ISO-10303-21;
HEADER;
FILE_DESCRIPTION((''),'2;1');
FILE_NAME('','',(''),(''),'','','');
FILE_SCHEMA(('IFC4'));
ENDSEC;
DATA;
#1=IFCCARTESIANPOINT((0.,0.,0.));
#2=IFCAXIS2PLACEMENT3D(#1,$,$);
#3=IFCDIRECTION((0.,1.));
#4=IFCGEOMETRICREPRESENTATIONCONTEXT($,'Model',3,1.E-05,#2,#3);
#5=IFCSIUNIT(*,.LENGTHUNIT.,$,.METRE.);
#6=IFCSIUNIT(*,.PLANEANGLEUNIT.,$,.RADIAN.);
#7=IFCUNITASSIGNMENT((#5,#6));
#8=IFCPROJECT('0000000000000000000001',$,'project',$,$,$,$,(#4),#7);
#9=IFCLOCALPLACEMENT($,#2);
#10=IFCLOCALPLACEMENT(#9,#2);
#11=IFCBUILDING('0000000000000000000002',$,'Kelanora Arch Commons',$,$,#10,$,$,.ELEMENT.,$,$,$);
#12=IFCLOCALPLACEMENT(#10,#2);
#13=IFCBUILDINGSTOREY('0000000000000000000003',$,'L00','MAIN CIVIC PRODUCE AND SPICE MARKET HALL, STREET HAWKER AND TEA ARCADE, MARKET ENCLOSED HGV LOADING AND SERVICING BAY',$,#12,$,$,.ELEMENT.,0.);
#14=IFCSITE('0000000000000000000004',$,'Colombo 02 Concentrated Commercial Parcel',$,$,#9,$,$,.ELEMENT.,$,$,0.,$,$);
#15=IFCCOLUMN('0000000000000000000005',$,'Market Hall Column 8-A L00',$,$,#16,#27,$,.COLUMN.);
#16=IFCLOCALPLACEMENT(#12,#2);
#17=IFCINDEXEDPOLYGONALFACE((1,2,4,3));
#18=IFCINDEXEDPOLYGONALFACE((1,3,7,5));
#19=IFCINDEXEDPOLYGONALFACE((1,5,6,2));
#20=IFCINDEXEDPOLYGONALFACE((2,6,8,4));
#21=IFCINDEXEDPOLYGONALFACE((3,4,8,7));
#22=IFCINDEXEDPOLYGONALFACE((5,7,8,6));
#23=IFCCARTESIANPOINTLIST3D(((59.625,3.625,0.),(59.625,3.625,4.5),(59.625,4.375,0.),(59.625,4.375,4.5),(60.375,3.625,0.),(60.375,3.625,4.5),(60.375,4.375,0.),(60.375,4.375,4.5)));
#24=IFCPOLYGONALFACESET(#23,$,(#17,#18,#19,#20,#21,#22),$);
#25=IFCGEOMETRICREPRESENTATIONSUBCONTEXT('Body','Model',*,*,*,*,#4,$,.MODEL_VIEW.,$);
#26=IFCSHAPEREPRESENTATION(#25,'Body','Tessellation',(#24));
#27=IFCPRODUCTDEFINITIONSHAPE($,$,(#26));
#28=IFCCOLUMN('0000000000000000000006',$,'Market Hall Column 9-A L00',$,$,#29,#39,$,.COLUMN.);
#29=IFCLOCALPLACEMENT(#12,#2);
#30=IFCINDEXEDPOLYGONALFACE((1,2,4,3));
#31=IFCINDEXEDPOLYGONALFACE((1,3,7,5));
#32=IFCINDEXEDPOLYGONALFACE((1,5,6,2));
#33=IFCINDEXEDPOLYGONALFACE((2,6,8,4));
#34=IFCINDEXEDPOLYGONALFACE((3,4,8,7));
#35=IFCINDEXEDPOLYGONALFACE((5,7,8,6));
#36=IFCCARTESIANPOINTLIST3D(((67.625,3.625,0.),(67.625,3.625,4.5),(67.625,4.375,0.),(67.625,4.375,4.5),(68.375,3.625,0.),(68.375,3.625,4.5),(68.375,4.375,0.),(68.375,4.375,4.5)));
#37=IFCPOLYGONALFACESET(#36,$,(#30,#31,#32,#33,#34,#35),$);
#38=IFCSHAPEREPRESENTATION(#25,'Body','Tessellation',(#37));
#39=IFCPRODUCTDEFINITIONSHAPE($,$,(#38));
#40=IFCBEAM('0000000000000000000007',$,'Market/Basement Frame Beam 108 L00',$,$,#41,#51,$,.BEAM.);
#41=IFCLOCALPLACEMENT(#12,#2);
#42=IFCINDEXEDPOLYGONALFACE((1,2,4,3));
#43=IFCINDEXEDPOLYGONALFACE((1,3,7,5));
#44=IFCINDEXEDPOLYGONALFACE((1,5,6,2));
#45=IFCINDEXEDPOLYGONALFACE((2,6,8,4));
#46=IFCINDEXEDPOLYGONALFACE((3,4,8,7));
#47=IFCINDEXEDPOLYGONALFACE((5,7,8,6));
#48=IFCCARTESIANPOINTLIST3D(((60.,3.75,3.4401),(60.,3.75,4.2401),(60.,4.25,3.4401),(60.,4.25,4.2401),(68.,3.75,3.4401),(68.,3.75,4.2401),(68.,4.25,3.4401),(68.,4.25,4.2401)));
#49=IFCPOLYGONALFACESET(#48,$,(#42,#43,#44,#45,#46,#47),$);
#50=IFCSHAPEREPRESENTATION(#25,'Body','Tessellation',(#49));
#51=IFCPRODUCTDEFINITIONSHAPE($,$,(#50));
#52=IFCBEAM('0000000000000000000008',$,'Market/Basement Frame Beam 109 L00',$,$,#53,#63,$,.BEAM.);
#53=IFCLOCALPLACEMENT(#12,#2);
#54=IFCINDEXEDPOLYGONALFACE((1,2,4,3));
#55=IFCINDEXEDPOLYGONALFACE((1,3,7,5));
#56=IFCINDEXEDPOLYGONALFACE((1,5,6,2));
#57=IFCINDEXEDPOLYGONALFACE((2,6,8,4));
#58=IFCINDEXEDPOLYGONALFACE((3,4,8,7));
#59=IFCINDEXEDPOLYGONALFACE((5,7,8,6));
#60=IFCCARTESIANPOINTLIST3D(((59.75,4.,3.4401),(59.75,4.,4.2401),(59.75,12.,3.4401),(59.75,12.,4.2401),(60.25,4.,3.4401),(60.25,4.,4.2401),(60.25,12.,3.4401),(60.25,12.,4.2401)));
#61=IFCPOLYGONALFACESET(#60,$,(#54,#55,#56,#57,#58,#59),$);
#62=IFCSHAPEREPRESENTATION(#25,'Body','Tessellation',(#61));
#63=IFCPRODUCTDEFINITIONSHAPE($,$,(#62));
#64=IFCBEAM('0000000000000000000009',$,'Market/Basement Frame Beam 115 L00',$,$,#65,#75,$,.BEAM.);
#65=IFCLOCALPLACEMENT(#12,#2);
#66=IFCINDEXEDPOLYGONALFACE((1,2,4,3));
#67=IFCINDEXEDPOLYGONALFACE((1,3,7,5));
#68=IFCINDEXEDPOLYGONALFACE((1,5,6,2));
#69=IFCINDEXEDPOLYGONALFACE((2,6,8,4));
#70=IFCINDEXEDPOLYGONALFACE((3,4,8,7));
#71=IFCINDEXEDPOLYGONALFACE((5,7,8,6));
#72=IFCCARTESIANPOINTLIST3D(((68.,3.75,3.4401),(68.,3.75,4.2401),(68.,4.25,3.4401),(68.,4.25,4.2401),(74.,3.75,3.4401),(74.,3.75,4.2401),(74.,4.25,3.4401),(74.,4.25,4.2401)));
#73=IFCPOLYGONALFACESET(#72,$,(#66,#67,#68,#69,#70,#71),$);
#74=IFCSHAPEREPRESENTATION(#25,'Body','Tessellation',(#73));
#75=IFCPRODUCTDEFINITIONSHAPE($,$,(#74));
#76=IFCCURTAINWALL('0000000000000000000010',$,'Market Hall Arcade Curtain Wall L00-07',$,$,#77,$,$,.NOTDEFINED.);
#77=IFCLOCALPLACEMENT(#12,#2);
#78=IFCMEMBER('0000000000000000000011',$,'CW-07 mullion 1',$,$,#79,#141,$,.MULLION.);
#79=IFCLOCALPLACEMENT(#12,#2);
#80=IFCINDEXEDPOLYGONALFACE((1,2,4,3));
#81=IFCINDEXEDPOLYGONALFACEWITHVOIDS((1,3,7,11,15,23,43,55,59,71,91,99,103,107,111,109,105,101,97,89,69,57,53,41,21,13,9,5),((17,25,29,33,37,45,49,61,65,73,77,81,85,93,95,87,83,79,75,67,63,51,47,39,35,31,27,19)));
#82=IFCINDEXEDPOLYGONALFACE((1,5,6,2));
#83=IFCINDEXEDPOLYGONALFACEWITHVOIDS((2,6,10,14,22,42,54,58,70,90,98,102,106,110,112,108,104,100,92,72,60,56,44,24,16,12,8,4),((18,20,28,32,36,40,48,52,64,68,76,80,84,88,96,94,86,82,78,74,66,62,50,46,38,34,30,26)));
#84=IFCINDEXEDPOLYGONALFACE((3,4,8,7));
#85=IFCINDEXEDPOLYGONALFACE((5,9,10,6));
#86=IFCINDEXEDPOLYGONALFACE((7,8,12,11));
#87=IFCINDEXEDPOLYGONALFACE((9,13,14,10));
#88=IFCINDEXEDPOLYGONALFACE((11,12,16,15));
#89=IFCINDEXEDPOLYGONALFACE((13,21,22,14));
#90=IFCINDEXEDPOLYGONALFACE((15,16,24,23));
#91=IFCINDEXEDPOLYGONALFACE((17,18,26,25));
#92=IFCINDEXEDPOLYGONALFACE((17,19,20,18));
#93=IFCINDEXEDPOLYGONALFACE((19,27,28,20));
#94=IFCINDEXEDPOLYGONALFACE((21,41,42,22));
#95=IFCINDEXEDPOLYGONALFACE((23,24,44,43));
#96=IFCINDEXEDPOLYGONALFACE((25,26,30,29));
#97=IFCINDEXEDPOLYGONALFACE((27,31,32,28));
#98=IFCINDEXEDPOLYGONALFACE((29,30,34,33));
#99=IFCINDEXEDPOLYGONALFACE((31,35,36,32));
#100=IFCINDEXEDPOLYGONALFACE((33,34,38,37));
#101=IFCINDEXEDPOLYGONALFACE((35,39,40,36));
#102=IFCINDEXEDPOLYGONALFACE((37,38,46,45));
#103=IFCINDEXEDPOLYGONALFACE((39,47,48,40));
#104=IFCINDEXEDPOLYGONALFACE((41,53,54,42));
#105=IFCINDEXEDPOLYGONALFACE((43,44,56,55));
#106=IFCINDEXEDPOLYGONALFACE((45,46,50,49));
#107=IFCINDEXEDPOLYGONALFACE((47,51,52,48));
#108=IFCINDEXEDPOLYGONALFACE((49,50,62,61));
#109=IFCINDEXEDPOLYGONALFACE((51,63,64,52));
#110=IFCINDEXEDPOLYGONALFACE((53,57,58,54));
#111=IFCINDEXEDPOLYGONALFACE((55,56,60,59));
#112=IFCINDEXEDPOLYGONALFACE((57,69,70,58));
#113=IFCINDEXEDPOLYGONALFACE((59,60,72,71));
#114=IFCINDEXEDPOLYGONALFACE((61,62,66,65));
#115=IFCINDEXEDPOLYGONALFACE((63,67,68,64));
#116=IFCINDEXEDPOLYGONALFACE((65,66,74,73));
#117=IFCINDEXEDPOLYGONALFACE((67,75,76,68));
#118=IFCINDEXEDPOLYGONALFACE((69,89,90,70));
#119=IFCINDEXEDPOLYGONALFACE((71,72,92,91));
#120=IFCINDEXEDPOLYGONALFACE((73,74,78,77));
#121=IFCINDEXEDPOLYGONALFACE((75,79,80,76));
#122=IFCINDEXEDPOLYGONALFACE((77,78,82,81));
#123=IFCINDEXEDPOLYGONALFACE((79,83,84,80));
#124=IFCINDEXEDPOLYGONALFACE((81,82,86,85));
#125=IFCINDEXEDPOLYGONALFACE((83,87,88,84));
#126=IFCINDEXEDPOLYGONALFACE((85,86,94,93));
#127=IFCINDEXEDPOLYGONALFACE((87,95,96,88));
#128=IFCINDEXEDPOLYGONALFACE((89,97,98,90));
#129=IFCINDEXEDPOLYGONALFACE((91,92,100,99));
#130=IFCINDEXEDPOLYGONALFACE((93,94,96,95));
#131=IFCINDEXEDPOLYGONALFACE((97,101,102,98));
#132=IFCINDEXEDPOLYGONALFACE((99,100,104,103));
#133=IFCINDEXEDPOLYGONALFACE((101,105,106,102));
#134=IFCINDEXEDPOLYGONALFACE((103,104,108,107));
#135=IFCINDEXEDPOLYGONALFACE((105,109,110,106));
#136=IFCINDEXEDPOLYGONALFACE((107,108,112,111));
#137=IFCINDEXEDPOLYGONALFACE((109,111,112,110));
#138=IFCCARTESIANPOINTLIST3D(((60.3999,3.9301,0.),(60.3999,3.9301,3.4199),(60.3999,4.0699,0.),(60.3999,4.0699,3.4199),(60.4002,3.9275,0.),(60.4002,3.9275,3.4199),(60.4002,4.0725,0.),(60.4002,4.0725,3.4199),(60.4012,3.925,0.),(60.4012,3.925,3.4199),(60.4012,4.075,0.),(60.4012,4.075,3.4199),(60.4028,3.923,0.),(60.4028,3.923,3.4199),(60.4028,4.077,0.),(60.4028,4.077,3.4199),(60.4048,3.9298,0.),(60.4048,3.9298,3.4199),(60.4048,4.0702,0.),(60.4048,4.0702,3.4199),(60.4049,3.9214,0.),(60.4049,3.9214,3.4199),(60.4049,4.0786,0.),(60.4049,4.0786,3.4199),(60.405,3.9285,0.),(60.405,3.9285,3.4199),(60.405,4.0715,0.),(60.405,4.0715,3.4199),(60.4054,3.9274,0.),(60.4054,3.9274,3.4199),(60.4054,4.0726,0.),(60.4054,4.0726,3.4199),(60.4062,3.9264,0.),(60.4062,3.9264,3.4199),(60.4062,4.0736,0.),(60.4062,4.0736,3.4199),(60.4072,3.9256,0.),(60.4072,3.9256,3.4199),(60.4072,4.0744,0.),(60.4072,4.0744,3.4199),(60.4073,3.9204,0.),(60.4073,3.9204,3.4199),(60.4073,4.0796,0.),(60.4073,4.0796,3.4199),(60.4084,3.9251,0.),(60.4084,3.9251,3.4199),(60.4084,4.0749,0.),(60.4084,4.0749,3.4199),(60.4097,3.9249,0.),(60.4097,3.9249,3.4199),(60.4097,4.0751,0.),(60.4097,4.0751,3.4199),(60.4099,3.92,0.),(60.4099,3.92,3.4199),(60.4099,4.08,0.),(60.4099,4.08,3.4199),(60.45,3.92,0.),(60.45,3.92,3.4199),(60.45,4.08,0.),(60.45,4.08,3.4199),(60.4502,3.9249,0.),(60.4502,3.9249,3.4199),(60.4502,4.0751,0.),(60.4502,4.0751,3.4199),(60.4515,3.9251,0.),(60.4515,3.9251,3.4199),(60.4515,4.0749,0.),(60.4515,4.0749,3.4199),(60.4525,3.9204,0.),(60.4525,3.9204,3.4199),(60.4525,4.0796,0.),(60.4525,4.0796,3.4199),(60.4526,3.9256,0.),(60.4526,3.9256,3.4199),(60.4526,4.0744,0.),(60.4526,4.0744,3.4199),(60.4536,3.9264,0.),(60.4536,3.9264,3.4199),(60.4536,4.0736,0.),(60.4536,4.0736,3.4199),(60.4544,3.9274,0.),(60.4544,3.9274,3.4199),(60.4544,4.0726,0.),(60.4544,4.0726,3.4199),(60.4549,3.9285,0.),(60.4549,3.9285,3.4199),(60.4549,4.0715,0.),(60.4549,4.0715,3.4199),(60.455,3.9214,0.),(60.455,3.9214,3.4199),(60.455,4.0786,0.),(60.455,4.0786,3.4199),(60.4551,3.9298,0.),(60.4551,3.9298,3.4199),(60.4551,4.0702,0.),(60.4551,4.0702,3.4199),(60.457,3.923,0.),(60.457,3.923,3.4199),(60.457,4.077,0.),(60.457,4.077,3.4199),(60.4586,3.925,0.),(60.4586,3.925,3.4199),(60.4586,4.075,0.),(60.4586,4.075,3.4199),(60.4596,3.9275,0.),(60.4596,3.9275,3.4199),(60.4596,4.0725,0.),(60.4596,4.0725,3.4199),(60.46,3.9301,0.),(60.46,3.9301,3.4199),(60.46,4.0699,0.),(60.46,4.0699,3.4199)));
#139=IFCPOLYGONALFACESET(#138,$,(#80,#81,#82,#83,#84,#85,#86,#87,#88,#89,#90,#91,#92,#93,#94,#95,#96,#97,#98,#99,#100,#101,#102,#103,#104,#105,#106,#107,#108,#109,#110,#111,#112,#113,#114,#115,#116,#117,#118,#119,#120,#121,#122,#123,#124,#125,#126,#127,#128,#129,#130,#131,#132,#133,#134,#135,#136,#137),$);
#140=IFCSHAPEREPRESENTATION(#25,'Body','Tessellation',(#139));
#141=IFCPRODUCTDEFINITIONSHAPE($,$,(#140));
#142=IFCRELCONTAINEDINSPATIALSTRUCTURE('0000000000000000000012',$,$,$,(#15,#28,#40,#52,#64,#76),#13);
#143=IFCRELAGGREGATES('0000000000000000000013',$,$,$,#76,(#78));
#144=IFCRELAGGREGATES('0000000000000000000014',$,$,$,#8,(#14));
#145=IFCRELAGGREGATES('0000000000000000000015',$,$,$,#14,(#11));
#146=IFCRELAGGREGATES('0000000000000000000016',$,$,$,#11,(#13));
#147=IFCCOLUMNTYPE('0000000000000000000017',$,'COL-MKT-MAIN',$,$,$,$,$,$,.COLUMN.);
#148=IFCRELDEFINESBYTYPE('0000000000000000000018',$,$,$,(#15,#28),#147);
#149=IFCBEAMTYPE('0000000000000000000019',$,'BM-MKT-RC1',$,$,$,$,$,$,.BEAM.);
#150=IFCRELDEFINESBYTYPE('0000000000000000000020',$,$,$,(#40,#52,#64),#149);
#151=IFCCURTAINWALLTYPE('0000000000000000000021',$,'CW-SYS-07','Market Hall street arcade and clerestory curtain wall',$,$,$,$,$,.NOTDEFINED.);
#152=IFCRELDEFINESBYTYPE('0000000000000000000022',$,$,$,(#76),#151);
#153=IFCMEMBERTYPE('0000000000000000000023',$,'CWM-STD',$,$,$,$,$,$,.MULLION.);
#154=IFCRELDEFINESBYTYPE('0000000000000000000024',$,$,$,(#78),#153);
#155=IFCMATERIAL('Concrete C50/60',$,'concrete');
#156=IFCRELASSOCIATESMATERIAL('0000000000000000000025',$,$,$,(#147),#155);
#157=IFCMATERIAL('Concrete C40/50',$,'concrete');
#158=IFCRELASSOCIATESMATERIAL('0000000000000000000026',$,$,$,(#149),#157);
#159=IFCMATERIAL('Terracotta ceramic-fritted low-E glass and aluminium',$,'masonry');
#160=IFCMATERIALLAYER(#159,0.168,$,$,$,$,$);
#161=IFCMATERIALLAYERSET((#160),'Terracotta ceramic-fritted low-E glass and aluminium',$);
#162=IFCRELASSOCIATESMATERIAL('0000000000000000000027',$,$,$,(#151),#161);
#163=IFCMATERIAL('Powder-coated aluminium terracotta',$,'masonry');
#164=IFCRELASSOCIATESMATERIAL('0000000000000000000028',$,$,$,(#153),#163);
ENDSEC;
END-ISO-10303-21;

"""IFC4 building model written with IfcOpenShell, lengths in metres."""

from ifc_helpers import new_model, si_unit, direction, frame, origin, origin_2d, place, context, subcontext, project, spatial, rectangle, hollow_rectangle, extrude, material, layer, layer_set, material_profile, profile_set, type_object, element, aggregate, save


model = new_model("IFC4")

# Units and contexts
model_context = context("Model", 3, precision=1e-05, world=origin(), true_north=direction((0.0, 1.0)))
body_context = subcontext(model_context, "Body", "Model", "MODEL_VIEW")
ifc_project = project(units=[si_unit("LENGTHUNIT", "METRE"), si_unit("PLANEANGLEUNIT", "RADIAN")], contexts=[model_context])

# Site, building, storey
site_placement = place(None, origin())
site = spatial("IfcSite", under=ifc_project, at=site_placement, Name="Colombo 02 Concentrated Commercial Parcel", CompositionType="ELEMENT", RefElevation=0.0)
building_placement = place(site_placement, origin())
building = spatial("IfcBuilding", under=site, at=building_placement, Name="Kelanora Arch Commons", CompositionType="ELEMENT")
storey_placement = place(building_placement, origin())
storey = spatial("IfcBuildingStorey", under=building, at=storey_placement, Name="L00", Description="MAIN CIVIC PRODUCE AND SPICE MARKET HALL, STREET HAWKER AND TEA ARCADE, MARKET ENCLOSED HGV LOADING AND SERVICING BAY", CompositionType="ELEMENT", Elevation=0.0)

# Columns
ifc_material_1 = material(Name="Concrete C50/60", Category="concrete")
ifc_material_profile_1 = material_profile(ifc_material_1, rectangle(XDim=0.75, YDim=0.75, at=origin_2d()), Name="RC750x750")
ifc_profile_set_1 = profile_set([ifc_material_profile_1], Name="Concrete C50/60")
column_type = type_object("IfcColumnType", Name="COL-MKT-MAIN", PredefinedType="COLUMN", material=ifc_profile_set_1)
for number, where, z_axis, x_axis, name in (
    (1, (60.0, 4.0, 0.0), (0.0, 0.0, 1.0), (1.0, 0.0, 0.0), "Market Hall Column 8-A L00"),
    (2, (68.0, 4.0, 0.0), (0.0, 0.0, 1.0), (1.0, 0.0, 0.0), "Market Hall Column 9-A L00"),
):
    element("IfcColumn", number, at=place(storey_placement, frame(where, z_axis=z_axis, x_axis=x_axis)), inside=storey, type_object=column_type, Name=name, PredefinedType="COLUMN", context=body_context, shape_type="SweptSolid", body=[
        extrude(rectangle(XDim=0.75, YDim=0.75, at=origin_2d()), origin(), (0.0, 0.0, 1.0), 4.5),
    ])

# Beams
ifc_material_2 = material(Name="Concrete C40/50", Category="concrete")
ifc_material_profile_2 = material_profile(ifc_material_2, rectangle(XDim=0.5, YDim=0.8, at=origin_2d()), Name="RCB500x800")
ifc_profile_set_2 = profile_set([ifc_material_profile_2], Name="Concrete C40/50")
beam_type = type_object("IfcBeamType", Name="BM-MKT-RC1", PredefinedType="BEAM", material=ifc_profile_set_2)
for number, where, z_axis, x_axis, name in (
    (3, (60.0, 4.0, 3.8401), (1.0, 0.0, 0.0), (0.0, 1.0, 0.0), "Market/Basement Frame Beam 108 L00"),
    (4, (60.0, 4.0, 3.8401), (0.0, 1.0, 0.0), (-1.0, 0.0, 0.0), "Market/Basement Frame Beam 109 L00"),
):
    element("IfcBeam", number, at=place(storey_placement, frame(where, z_axis=z_axis, x_axis=x_axis)), inside=storey, type_object=beam_type, Name=name, PredefinedType="BEAM", context=body_context, shape_type="SweptSolid", body=[
        extrude(rectangle(XDim=0.5, YDim=0.8, at=origin_2d()), origin(), (0.0, 0.0, 1.0), 8.0),
    ])
beam_placement = place(storey_placement, frame((68.0, 4.0, 3.8401), z_axis=(1.0, 0.0, 0.0), x_axis=(0.0, 1.0, 0.0)))
element("IfcBeam", 5, at=beam_placement, inside=storey, type_object=beam_type, Name="Market/Basement Frame Beam 115 L00", PredefinedType="BEAM", context=body_context, shape_type="SweptSolid", body=[
    extrude(rectangle(XDim=0.5, YDim=0.8, at=origin_2d()), origin(), (0.0, 0.0, 1.0), 6.0),
])

# Curtain wall, member
ifc_material_3 = material(Name="Terracotta ceramic-fritted low-E glass and aluminium", Category="masonry")
ifc_layer_1 = layer(ifc_material_3, 0.168)
ifc_layer_set_1 = layer_set([ifc_layer_1], Name="Terracotta ceramic-fritted low-E glass and aluminium")
curtain_wall_type = type_object("IfcCurtainWallType", Name="CW-SYS-07", Description="Market Hall street arcade and clerestory curtain wall", PredefinedType="NOTDEFINED", material=ifc_layer_set_1)
curtain_wall_placement = place(storey_placement, origin())
curtain_wall = element("IfcCurtainWall", 6, at=curtain_wall_placement, inside=storey, type_object=curtain_wall_type, Name="Market Hall Arcade Curtain Wall L00-07", PredefinedType="NOTDEFINED")
ifc_material_4 = material(Name="Powder-coated aluminium terracotta", Category="masonry")
ifc_material_profile_3 = material_profile(ifc_material_4, hollow_rectangle(XDim=0.1599, YDim=0.0601, WallThickness=0.0049, InnerFilletRadius=0.0049, OuterFilletRadius=0.01, at=origin_2d()), Name="CWM160x60")
ifc_profile_set_3 = profile_set([ifc_material_profile_3], Name="Powder-coated aluminium terracotta")
member_type_1 = type_object("IfcMemberType", Name="CWM-STD", PredefinedType="MULLION", material=ifc_profile_set_3)
member_1_placement = place(storey_placement, frame((60.4299, 4.0, 0.0), z_axis=(0.0, 0.0, 1.0), x_axis=(0.0, 1.0, 0.0)))
member_1 = element("IfcMember", 7, at=member_1_placement, type_object=member_type_1, Name="CW-07 mullion 1", PredefinedType="MULLION", context=body_context, shape_type="SweptSolid", body=[
    extrude(hollow_rectangle(XDim=0.1599, YDim=0.0601, WallThickness=0.0049, InnerFilletRadius=0.0049, OuterFilletRadius=0.01, at=origin_2d()), origin(), (0.0, 0.0, 1.0), 3.4199),
])
aggregate(curtain_wall, [member_1])

save(model, "model.ifc")
